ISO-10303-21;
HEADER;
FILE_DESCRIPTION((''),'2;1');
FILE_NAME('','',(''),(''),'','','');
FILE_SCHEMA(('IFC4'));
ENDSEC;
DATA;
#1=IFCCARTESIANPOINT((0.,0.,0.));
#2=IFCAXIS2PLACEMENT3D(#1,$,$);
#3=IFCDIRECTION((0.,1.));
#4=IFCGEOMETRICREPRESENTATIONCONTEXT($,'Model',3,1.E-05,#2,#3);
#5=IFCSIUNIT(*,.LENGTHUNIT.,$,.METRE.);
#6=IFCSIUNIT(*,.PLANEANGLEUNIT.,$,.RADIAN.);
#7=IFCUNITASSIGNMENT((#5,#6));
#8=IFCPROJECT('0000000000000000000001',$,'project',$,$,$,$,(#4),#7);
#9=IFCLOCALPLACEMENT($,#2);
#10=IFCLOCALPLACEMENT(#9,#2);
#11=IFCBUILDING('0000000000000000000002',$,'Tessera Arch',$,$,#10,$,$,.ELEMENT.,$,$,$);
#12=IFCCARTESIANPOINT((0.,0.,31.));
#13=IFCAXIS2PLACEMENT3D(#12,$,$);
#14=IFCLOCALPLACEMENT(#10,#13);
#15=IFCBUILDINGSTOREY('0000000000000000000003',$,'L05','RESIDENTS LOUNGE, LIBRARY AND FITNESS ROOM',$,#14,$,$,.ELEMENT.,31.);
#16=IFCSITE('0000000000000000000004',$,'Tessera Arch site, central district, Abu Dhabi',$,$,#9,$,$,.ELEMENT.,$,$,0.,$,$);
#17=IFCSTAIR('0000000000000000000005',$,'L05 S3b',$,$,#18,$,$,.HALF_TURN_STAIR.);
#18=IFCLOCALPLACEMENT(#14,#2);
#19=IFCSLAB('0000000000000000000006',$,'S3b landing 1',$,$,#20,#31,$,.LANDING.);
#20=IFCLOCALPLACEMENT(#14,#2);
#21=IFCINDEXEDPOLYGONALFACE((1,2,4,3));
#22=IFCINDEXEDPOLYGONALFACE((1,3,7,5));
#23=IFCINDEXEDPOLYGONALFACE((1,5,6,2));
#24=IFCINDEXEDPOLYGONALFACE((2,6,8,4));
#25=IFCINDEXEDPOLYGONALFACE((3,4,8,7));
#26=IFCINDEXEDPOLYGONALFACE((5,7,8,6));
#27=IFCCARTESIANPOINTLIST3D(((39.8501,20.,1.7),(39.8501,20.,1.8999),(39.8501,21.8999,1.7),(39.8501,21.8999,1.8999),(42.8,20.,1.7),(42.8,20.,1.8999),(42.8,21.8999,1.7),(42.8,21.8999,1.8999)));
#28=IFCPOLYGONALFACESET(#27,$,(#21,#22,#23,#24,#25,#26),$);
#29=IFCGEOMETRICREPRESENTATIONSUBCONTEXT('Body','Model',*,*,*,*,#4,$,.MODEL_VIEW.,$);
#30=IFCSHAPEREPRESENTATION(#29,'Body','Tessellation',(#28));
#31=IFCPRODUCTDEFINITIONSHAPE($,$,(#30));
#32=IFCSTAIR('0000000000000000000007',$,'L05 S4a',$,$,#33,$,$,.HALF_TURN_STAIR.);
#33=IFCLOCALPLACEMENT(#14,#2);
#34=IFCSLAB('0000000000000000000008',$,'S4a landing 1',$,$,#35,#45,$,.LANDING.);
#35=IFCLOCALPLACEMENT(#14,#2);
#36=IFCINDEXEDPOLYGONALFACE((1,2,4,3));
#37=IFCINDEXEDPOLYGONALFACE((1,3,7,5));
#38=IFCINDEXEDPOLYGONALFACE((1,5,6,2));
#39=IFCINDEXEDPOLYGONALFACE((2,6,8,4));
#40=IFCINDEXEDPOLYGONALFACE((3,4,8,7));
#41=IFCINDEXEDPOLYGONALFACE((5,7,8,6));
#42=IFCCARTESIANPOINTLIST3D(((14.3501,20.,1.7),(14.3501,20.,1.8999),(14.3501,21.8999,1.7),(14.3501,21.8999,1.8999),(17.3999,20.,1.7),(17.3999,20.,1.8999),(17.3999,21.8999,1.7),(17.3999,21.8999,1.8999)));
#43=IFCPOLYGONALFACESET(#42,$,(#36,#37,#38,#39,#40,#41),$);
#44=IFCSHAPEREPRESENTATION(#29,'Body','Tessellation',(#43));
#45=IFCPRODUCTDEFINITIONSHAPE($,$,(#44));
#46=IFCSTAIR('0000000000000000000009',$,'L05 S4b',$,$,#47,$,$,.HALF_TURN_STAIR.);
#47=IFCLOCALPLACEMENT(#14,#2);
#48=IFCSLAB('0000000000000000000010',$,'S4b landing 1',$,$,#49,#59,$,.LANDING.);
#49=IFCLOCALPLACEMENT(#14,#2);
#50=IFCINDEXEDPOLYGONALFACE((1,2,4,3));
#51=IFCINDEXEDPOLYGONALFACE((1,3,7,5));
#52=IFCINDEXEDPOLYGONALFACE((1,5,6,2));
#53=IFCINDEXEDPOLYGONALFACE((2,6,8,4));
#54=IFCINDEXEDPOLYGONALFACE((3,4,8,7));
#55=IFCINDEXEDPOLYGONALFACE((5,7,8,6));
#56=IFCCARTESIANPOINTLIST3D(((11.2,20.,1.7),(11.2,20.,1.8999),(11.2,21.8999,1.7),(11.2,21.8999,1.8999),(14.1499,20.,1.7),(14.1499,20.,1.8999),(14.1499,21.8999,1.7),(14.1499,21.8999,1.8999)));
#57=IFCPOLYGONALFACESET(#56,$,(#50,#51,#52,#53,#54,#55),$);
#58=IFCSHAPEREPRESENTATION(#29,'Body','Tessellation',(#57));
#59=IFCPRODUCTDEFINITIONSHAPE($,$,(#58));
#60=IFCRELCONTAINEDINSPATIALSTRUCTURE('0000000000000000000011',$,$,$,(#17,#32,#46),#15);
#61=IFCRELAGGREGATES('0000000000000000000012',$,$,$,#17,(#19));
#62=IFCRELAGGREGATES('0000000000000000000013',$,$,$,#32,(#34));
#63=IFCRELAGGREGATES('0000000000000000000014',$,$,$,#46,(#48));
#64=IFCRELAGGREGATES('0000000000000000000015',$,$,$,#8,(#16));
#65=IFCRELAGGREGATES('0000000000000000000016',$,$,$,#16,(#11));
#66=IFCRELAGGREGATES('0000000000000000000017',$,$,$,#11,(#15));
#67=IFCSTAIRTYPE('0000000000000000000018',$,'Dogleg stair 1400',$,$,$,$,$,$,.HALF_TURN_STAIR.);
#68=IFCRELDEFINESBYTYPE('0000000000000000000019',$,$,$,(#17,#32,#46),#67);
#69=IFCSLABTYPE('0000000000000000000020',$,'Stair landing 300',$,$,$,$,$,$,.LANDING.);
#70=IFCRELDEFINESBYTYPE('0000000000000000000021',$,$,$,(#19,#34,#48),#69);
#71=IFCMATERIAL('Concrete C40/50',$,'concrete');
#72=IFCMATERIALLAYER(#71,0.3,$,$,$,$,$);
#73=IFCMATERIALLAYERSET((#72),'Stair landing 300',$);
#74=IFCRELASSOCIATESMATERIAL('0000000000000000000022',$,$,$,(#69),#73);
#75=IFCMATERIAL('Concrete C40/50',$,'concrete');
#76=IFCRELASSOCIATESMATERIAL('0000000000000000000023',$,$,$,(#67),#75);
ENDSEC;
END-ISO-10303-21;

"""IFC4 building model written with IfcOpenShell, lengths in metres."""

from ifc_helpers import new_model, si_unit, direction, frame, origin, place, context, subcontext, project, spatial, polyline, outline, extrude, material, layer, layer_set, type_object, element, aggregate, save


model = new_model("IFC4")

# Units and contexts
model_context = context("Model", 3, precision=1e-05, world=origin(), true_north=direction((0.0, 1.0)))
body_context = subcontext(model_context, "Body", "Model", "MODEL_VIEW")
ifc_project = project(units=[si_unit("LENGTHUNIT", "METRE"), si_unit("PLANEANGLEUNIT", "RADIAN")], contexts=[model_context])

# Site, building, storey
site_placement = place(None, origin())
site = spatial("IfcSite", under=ifc_project, at=site_placement, Name="Tessera Arch site, central district, Abu Dhabi", CompositionType="ELEMENT", RefElevation=0.0)
building_placement = place(site_placement, origin())
building = spatial("IfcBuilding", under=site, at=building_placement, Name="Tessera Arch", CompositionType="ELEMENT")
storey_placement = place(building_placement, frame((0.0, 0.0, 31.0)))
storey = spatial("IfcBuildingStorey", under=building, at=storey_placement, Name="L05", Description="RESIDENTS LOUNGE, LIBRARY AND FITNESS ROOM", CompositionType="ELEMENT", Elevation=31.0)

# Stairs, slabs
ifc_material_1 = material(Name="Concrete C40/50", Category="concrete")
ifc_layer_1 = layer(ifc_material_1, 0.3)
ifc_layer_set_1 = layer_set([ifc_layer_1], Name="Stair landing 300")
slab_type = type_object("IfcSlabType", Name="Stair landing 300", PredefinedType="LANDING", material=ifc_layer_set_1)
ifc_material_2 = material(Name="Concrete C40/50", Category="concrete")
stair_type_1 = type_object("IfcStairType", Name="Dogleg stair 1400", PredefinedType="HALF_TURN_STAIR", material=ifc_material_2)
stair_1_placement = place(storey_placement, origin())
stair_1 = element("IfcStair", 1, at=stair_1_placement, inside=storey, type_object=stair_type_1, Name="L05 S3b", PredefinedType="HALF_TURN_STAIR")
slab_1_placement = place(storey_placement, frame((0.0, 0.0, 1.7)))
slab_1 = element("IfcSlab", 2, at=slab_1_placement, type_object=slab_type, Name="S3b landing 1", PredefinedType="LANDING", context=body_context, shape_type="SweptSolid", body=[
    extrude(outline(polyline([(42.8, 20.0), (42.8, 21.8999), (39.8501, 21.8999), (39.8501, 20.0), (42.8, 20.0)])), origin(), (0.0, 0.0, 1.0), 0.2),
])
aggregate(stair_1, [slab_1])
stair_2_placement = place(storey_placement, origin())
stair_2 = element("IfcStair", 3, at=stair_2_placement, inside=storey, type_object=stair_type_1, Name="L05 S4a", PredefinedType="HALF_TURN_STAIR")
slab_2_placement = place(storey_placement, frame((0.0, 0.0, 1.7)))
slab_2 = element("IfcSlab", 4, at=slab_2_placement, type_object=slab_type, Name="S4a landing 1", PredefinedType="LANDING", context=body_context, shape_type="SweptSolid", body=[
    extrude(outline(polyline([(17.3999, 20.0), (17.3999, 21.8999), (14.3501, 21.8999), (14.3501, 20.0), (17.3999, 20.0)])), origin(), (0.0, 0.0, 1.0), 0.2),
])
aggregate(stair_2, [slab_2])
stair_3_placement = place(storey_placement, origin())
stair_3 = element("IfcStair", 5, at=stair_3_placement, inside=storey, type_object=stair_type_1, Name="L05 S4b", PredefinedType="HALF_TURN_STAIR")
slab_3_placement = place(storey_placement, frame((0.0, 0.0, 1.7)))
slab_3 = element("IfcSlab", 6, at=slab_3_placement, type_object=slab_type, Name="S4b landing 1", PredefinedType="LANDING", context=body_context, shape_type="SweptSolid", body=[
    extrude(outline(polyline([(14.1499, 20.0), (14.1499, 21.8999), (11.2, 21.8999), (11.2, 20.0), (14.1499, 20.0)])), origin(), (0.0, 0.0, 1.0), 0.2),
])
aggregate(stair_3, [slab_3])

save(model, "model.ifc")
